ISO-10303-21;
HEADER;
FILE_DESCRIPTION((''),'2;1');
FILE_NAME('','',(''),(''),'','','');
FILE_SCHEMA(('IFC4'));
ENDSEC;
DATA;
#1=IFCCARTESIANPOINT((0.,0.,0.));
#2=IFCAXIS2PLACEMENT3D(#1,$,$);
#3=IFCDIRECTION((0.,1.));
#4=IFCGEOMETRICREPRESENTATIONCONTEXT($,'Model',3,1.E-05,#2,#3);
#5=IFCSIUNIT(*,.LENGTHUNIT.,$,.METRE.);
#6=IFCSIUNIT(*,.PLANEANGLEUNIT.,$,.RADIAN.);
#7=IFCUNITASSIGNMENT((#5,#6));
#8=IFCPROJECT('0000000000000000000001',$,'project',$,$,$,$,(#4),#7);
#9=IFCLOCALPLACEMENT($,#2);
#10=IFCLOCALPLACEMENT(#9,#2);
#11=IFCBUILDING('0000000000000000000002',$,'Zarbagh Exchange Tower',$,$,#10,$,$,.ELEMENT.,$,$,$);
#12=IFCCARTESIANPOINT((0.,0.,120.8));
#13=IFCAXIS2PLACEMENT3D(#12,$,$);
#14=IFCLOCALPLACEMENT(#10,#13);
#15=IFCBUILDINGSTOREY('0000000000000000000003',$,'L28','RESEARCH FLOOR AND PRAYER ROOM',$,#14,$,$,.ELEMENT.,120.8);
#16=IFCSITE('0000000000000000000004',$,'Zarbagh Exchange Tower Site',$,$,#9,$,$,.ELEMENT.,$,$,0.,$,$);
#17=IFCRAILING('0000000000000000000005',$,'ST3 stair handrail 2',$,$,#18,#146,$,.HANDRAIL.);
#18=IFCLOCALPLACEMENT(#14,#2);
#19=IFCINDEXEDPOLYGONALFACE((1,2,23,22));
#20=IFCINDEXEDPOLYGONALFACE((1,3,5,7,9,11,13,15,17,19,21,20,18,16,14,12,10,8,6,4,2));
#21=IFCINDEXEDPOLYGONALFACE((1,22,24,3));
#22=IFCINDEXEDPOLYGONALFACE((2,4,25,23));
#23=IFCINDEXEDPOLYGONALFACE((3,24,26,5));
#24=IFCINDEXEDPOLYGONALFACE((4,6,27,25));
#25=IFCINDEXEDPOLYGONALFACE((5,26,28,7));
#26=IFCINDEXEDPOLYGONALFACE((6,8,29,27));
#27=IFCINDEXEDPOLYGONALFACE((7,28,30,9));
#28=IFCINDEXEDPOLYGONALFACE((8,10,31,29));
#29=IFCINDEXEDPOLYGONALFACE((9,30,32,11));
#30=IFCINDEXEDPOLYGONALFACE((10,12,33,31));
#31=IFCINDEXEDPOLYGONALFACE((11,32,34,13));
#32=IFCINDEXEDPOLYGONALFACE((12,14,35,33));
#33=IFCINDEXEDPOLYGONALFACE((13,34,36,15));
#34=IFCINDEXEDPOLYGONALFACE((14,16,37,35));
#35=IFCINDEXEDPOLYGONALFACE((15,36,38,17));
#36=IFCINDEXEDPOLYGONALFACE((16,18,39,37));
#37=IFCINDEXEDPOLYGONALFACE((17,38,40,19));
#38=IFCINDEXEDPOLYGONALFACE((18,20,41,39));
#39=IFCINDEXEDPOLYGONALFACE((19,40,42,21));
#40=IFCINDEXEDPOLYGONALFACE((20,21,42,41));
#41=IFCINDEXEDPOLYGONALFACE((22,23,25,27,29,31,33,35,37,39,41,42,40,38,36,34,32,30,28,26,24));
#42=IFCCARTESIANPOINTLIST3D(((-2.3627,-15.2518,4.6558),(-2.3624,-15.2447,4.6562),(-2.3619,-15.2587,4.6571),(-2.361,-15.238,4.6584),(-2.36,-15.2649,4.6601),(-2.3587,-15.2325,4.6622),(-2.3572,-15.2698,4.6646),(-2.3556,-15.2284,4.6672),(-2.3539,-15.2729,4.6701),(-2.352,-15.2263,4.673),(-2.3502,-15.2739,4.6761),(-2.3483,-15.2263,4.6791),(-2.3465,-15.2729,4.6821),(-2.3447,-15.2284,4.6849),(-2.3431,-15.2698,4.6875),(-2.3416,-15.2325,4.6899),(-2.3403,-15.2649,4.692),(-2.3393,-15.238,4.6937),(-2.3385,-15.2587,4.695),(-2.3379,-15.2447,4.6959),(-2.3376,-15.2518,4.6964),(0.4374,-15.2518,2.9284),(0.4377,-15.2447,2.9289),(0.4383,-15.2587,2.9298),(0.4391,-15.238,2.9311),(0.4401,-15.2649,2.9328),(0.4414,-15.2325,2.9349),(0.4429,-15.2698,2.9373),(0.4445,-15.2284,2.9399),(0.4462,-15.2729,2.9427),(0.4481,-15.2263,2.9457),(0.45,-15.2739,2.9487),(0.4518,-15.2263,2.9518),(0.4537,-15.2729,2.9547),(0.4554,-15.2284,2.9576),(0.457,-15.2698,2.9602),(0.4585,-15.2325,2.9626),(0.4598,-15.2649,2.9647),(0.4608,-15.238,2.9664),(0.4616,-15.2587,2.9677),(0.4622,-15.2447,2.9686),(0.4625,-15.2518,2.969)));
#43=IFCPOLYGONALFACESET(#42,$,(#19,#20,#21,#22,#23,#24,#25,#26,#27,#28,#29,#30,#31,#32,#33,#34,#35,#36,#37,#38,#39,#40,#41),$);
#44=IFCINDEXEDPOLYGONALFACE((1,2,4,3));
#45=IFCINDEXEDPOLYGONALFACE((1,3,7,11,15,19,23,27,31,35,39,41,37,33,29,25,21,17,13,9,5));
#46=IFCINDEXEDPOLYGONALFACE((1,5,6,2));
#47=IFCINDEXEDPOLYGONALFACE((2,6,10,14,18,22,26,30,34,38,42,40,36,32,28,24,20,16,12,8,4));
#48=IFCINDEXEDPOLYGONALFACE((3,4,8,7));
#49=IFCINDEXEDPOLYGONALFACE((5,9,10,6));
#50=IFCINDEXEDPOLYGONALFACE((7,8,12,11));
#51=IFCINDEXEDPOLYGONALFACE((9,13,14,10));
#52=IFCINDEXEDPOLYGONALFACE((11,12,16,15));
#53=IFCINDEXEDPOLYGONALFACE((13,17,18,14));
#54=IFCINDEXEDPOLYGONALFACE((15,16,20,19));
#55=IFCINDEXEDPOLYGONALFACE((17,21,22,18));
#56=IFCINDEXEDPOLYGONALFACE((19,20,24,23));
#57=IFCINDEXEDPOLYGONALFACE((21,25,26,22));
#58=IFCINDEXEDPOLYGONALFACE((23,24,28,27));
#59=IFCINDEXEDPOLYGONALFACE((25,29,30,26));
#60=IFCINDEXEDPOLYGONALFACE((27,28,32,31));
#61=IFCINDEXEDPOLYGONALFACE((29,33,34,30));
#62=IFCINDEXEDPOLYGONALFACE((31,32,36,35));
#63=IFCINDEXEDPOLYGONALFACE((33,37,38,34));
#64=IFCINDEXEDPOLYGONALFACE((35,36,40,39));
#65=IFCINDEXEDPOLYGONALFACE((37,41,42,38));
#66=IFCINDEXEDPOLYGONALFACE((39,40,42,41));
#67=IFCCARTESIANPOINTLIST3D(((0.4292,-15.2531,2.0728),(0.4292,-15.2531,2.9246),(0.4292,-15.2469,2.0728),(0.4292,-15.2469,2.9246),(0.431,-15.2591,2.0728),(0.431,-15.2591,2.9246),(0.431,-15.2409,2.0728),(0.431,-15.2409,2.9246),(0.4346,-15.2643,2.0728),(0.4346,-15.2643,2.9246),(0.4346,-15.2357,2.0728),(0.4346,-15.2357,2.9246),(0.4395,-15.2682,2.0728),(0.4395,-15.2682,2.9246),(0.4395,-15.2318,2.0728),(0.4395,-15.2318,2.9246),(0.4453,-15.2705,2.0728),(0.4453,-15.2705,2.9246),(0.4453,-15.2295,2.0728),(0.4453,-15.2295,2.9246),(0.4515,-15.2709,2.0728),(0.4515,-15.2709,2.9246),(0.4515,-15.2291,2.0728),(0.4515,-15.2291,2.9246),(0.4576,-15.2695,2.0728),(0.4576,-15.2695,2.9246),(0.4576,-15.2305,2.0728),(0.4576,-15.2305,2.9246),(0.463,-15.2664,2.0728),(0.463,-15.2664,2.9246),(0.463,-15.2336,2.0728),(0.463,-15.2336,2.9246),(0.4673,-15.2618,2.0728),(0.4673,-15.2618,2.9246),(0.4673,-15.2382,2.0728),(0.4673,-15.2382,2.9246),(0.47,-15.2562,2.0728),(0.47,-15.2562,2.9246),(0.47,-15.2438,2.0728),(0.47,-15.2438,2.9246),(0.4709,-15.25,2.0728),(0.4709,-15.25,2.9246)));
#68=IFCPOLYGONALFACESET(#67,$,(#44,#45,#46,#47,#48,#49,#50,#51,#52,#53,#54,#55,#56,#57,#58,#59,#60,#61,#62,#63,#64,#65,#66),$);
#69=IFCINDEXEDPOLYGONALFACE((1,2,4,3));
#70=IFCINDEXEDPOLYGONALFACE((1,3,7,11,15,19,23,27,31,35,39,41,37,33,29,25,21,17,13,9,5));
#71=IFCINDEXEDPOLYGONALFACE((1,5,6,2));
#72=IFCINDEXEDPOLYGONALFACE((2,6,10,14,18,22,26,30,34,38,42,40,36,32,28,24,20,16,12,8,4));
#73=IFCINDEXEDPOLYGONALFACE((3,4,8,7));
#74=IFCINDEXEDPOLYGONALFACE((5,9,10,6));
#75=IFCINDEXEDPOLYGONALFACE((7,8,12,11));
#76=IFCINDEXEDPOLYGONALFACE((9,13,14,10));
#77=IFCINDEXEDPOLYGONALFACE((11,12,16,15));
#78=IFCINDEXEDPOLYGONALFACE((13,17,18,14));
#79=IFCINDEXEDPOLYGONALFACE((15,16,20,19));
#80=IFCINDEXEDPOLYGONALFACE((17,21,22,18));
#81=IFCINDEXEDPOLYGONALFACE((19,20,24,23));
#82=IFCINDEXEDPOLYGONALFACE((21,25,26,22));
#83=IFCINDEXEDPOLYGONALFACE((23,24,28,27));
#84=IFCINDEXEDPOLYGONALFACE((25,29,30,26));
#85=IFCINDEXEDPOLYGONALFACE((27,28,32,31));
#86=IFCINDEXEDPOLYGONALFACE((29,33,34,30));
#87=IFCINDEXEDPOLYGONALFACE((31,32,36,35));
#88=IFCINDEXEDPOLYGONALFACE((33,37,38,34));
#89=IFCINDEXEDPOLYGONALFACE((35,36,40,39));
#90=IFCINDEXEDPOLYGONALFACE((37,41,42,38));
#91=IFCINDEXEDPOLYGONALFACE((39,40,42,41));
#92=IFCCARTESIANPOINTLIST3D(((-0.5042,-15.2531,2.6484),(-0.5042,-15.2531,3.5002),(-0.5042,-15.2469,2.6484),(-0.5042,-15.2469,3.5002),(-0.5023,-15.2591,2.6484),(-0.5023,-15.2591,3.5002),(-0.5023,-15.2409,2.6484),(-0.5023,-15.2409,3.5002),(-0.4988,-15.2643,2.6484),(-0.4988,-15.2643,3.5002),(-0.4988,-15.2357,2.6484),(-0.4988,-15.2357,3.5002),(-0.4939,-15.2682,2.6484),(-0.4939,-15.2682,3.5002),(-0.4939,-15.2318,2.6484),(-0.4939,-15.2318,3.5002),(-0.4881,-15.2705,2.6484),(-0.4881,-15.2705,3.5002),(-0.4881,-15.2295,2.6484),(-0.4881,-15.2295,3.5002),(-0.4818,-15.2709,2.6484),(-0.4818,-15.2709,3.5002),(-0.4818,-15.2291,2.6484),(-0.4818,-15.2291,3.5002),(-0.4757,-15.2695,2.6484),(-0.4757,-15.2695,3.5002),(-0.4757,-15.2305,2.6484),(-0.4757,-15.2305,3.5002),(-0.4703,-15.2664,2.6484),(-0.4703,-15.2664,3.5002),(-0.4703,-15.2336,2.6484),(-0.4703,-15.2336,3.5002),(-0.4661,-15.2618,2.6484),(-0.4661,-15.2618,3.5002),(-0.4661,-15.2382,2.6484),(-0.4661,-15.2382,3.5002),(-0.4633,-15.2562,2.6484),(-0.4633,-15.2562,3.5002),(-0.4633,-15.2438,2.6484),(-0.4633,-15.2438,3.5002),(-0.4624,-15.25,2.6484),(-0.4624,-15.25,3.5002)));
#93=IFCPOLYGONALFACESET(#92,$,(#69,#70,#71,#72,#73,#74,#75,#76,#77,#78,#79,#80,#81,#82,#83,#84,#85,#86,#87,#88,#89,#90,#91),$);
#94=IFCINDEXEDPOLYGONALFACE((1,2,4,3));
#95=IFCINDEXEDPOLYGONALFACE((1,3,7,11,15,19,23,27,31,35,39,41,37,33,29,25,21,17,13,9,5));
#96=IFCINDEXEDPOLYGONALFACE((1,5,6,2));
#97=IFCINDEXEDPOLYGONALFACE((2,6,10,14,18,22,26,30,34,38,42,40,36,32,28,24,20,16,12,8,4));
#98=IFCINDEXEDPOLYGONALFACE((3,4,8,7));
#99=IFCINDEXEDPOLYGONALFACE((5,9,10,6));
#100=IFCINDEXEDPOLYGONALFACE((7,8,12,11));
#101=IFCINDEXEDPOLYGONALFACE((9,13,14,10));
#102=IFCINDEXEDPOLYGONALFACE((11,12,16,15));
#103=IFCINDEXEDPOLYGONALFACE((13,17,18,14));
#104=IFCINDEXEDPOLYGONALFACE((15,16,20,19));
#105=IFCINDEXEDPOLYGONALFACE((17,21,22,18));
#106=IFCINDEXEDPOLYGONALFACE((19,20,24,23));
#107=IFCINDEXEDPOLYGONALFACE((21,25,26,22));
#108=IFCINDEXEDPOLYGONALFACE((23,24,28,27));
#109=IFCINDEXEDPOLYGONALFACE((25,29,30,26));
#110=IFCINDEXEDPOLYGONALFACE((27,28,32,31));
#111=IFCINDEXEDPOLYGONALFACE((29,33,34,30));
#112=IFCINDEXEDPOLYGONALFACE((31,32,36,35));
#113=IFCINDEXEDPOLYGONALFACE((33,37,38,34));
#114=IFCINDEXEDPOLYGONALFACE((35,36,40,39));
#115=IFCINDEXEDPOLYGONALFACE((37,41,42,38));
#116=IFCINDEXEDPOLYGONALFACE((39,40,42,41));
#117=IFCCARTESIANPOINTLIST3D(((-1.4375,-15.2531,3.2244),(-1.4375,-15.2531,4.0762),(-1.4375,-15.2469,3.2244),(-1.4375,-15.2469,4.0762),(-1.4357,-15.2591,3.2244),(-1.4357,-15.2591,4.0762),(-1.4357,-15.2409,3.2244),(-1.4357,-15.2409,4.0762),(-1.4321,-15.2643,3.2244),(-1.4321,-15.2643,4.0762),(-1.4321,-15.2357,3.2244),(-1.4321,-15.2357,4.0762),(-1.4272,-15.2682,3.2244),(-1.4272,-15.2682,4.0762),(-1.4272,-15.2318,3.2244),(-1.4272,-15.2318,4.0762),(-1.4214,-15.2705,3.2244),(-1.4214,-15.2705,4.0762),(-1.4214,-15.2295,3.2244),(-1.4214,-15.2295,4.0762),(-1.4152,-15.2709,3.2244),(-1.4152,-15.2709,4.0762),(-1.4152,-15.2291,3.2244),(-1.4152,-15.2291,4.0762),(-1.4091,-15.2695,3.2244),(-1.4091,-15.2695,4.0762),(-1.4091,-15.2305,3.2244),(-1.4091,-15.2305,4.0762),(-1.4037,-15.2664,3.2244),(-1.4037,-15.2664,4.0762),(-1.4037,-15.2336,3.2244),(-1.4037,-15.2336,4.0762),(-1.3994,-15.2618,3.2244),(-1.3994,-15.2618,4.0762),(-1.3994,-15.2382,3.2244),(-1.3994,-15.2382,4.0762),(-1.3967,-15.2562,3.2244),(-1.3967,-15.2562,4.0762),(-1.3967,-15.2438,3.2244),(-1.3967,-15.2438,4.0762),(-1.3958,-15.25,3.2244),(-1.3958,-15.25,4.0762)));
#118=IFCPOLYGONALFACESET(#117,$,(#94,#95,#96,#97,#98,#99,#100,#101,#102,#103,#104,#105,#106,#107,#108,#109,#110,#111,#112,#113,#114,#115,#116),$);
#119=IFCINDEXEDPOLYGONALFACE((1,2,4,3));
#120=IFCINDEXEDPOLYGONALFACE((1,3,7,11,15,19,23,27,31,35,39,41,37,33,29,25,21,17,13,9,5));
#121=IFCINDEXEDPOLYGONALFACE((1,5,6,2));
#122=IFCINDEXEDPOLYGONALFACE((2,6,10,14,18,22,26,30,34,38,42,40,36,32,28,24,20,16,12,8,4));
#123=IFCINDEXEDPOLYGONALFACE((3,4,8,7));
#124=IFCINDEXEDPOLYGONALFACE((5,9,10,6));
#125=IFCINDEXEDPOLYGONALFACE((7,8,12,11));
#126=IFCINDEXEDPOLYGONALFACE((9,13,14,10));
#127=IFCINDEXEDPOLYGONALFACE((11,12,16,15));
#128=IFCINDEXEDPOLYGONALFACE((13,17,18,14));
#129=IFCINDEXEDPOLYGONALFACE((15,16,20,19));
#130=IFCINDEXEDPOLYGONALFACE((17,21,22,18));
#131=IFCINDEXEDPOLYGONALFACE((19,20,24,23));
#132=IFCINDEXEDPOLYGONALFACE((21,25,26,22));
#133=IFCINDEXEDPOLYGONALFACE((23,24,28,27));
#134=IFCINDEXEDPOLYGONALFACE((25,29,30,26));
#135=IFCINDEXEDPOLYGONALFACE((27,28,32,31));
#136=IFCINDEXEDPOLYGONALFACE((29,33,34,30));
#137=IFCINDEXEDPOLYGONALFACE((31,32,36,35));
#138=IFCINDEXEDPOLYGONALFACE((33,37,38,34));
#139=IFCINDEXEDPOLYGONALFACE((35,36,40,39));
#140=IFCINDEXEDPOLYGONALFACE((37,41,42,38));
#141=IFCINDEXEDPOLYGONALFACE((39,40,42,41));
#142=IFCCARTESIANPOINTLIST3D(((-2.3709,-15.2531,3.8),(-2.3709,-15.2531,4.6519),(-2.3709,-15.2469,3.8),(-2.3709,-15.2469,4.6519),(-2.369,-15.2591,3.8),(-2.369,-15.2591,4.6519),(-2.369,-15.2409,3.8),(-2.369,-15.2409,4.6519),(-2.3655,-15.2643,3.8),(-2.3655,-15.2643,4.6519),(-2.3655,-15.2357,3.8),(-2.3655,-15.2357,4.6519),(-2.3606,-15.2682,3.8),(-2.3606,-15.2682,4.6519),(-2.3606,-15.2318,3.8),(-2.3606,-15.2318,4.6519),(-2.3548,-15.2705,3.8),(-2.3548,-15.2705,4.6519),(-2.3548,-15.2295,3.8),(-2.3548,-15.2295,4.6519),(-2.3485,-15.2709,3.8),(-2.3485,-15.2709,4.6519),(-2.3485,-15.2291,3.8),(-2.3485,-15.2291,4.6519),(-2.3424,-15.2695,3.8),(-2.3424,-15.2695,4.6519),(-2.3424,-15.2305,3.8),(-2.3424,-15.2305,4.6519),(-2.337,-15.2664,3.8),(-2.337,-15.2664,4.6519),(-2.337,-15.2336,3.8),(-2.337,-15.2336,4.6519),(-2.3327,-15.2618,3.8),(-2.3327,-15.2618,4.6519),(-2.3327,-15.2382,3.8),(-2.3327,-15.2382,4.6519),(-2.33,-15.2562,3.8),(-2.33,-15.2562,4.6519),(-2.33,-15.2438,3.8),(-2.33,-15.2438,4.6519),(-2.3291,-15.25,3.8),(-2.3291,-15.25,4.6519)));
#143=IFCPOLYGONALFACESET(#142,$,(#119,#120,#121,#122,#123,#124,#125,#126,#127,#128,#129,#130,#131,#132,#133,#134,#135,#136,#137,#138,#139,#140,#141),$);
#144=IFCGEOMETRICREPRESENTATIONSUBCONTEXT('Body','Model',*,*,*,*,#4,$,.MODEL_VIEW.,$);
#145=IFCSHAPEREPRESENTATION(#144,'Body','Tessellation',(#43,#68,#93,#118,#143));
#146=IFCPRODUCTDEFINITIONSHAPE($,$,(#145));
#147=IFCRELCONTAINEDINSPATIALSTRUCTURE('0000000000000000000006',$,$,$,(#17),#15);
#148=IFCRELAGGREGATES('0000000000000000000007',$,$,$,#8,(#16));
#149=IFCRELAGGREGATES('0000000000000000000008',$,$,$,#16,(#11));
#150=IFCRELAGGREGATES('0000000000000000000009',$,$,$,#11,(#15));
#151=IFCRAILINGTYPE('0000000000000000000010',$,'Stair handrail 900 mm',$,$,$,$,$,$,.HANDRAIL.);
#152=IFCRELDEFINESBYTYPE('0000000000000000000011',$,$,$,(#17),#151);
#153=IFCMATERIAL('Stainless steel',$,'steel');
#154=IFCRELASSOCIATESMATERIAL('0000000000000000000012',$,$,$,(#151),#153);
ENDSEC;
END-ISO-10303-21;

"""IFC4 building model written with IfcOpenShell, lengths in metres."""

from ifc_helpers import new_model, si_unit, direction, frame, origin, origin_2d, place, context, subcontext, project, spatial, circle, extrude, material, type_object, element, save


model = new_model("IFC4")

# Units and contexts
model_context = context("Model", 3, precision=1e-05, world=origin(), true_north=direction((0.0, 1.0)))
body_context = subcontext(model_context, "Body", "Model", "MODEL_VIEW")
ifc_project = project(units=[si_unit("LENGTHUNIT", "METRE"), si_unit("PLANEANGLEUNIT", "RADIAN")], contexts=[model_context])

# Site, building, storey
site_placement = place(None, origin())
site = spatial("IfcSite", under=ifc_project, at=site_placement, Name="Zarbagh Exchange Tower Site", CompositionType="ELEMENT", RefElevation=0.0)
building_placement = place(site_placement, origin())
building = spatial("IfcBuilding", under=site, at=building_placement, Name="Zarbagh Exchange Tower", CompositionType="ELEMENT")
storey_placement = place(building_placement, frame((0.0, 0.0, 120.8)))
storey = spatial("IfcBuildingStorey", under=building, at=storey_placement, Name="L28", Description="RESEARCH FLOOR AND PRAYER ROOM", CompositionType="ELEMENT", Elevation=120.8)

# Railing
ifc_material_1 = material(Name="Stainless steel", Category="steel")
railing_type_1 = type_object("IfcRailingType", Name="Stair handrail 900 mm", PredefinedType="HANDRAIL", material=ifc_material_1)
for number, where, name in (
    (1, (0.45, -15.25, 2.0728), "ST3 stair handrail 2"),
):
    element("IfcRailing", number, at=place(storey_placement, frame(where)), inside=storey, type_object=railing_type_1, Name=name, PredefinedType="HANDRAIL", context=body_context, shape_type="SweptSolid", body=[
        extrude(circle(Radius=0.0239, at=origin_2d()), frame((0.0, 0.0, 0.876), z_axis=(-0.85109, 0.0, 0.52502), x_axis=(0.0, -1.0, 0.0)), (0.0, 0.0, 1.0), 3.29),
        extrude(circle(Radius=0.021, at=origin_2d()), origin(), (0.0, 0.0, 1.0), 0.8518),
        extrude(circle(Radius=0.021, at=origin_2d()), frame((-0.9333, 0.0, 0.5757)), (0.0, 0.0, 1.0), 0.8518),
        extrude(circle(Radius=0.021, at=origin_2d()), frame((-1.8667, 0.0, 1.1516)), (0.0, 0.0, 1.0), 0.8518),
        extrude(circle(Radius=0.021, at=origin_2d()), frame((-2.8, 0.0, 1.7273)), (0.0, 0.0, 1.0), 0.8518),
    ])

save(model, "model.ifc")
